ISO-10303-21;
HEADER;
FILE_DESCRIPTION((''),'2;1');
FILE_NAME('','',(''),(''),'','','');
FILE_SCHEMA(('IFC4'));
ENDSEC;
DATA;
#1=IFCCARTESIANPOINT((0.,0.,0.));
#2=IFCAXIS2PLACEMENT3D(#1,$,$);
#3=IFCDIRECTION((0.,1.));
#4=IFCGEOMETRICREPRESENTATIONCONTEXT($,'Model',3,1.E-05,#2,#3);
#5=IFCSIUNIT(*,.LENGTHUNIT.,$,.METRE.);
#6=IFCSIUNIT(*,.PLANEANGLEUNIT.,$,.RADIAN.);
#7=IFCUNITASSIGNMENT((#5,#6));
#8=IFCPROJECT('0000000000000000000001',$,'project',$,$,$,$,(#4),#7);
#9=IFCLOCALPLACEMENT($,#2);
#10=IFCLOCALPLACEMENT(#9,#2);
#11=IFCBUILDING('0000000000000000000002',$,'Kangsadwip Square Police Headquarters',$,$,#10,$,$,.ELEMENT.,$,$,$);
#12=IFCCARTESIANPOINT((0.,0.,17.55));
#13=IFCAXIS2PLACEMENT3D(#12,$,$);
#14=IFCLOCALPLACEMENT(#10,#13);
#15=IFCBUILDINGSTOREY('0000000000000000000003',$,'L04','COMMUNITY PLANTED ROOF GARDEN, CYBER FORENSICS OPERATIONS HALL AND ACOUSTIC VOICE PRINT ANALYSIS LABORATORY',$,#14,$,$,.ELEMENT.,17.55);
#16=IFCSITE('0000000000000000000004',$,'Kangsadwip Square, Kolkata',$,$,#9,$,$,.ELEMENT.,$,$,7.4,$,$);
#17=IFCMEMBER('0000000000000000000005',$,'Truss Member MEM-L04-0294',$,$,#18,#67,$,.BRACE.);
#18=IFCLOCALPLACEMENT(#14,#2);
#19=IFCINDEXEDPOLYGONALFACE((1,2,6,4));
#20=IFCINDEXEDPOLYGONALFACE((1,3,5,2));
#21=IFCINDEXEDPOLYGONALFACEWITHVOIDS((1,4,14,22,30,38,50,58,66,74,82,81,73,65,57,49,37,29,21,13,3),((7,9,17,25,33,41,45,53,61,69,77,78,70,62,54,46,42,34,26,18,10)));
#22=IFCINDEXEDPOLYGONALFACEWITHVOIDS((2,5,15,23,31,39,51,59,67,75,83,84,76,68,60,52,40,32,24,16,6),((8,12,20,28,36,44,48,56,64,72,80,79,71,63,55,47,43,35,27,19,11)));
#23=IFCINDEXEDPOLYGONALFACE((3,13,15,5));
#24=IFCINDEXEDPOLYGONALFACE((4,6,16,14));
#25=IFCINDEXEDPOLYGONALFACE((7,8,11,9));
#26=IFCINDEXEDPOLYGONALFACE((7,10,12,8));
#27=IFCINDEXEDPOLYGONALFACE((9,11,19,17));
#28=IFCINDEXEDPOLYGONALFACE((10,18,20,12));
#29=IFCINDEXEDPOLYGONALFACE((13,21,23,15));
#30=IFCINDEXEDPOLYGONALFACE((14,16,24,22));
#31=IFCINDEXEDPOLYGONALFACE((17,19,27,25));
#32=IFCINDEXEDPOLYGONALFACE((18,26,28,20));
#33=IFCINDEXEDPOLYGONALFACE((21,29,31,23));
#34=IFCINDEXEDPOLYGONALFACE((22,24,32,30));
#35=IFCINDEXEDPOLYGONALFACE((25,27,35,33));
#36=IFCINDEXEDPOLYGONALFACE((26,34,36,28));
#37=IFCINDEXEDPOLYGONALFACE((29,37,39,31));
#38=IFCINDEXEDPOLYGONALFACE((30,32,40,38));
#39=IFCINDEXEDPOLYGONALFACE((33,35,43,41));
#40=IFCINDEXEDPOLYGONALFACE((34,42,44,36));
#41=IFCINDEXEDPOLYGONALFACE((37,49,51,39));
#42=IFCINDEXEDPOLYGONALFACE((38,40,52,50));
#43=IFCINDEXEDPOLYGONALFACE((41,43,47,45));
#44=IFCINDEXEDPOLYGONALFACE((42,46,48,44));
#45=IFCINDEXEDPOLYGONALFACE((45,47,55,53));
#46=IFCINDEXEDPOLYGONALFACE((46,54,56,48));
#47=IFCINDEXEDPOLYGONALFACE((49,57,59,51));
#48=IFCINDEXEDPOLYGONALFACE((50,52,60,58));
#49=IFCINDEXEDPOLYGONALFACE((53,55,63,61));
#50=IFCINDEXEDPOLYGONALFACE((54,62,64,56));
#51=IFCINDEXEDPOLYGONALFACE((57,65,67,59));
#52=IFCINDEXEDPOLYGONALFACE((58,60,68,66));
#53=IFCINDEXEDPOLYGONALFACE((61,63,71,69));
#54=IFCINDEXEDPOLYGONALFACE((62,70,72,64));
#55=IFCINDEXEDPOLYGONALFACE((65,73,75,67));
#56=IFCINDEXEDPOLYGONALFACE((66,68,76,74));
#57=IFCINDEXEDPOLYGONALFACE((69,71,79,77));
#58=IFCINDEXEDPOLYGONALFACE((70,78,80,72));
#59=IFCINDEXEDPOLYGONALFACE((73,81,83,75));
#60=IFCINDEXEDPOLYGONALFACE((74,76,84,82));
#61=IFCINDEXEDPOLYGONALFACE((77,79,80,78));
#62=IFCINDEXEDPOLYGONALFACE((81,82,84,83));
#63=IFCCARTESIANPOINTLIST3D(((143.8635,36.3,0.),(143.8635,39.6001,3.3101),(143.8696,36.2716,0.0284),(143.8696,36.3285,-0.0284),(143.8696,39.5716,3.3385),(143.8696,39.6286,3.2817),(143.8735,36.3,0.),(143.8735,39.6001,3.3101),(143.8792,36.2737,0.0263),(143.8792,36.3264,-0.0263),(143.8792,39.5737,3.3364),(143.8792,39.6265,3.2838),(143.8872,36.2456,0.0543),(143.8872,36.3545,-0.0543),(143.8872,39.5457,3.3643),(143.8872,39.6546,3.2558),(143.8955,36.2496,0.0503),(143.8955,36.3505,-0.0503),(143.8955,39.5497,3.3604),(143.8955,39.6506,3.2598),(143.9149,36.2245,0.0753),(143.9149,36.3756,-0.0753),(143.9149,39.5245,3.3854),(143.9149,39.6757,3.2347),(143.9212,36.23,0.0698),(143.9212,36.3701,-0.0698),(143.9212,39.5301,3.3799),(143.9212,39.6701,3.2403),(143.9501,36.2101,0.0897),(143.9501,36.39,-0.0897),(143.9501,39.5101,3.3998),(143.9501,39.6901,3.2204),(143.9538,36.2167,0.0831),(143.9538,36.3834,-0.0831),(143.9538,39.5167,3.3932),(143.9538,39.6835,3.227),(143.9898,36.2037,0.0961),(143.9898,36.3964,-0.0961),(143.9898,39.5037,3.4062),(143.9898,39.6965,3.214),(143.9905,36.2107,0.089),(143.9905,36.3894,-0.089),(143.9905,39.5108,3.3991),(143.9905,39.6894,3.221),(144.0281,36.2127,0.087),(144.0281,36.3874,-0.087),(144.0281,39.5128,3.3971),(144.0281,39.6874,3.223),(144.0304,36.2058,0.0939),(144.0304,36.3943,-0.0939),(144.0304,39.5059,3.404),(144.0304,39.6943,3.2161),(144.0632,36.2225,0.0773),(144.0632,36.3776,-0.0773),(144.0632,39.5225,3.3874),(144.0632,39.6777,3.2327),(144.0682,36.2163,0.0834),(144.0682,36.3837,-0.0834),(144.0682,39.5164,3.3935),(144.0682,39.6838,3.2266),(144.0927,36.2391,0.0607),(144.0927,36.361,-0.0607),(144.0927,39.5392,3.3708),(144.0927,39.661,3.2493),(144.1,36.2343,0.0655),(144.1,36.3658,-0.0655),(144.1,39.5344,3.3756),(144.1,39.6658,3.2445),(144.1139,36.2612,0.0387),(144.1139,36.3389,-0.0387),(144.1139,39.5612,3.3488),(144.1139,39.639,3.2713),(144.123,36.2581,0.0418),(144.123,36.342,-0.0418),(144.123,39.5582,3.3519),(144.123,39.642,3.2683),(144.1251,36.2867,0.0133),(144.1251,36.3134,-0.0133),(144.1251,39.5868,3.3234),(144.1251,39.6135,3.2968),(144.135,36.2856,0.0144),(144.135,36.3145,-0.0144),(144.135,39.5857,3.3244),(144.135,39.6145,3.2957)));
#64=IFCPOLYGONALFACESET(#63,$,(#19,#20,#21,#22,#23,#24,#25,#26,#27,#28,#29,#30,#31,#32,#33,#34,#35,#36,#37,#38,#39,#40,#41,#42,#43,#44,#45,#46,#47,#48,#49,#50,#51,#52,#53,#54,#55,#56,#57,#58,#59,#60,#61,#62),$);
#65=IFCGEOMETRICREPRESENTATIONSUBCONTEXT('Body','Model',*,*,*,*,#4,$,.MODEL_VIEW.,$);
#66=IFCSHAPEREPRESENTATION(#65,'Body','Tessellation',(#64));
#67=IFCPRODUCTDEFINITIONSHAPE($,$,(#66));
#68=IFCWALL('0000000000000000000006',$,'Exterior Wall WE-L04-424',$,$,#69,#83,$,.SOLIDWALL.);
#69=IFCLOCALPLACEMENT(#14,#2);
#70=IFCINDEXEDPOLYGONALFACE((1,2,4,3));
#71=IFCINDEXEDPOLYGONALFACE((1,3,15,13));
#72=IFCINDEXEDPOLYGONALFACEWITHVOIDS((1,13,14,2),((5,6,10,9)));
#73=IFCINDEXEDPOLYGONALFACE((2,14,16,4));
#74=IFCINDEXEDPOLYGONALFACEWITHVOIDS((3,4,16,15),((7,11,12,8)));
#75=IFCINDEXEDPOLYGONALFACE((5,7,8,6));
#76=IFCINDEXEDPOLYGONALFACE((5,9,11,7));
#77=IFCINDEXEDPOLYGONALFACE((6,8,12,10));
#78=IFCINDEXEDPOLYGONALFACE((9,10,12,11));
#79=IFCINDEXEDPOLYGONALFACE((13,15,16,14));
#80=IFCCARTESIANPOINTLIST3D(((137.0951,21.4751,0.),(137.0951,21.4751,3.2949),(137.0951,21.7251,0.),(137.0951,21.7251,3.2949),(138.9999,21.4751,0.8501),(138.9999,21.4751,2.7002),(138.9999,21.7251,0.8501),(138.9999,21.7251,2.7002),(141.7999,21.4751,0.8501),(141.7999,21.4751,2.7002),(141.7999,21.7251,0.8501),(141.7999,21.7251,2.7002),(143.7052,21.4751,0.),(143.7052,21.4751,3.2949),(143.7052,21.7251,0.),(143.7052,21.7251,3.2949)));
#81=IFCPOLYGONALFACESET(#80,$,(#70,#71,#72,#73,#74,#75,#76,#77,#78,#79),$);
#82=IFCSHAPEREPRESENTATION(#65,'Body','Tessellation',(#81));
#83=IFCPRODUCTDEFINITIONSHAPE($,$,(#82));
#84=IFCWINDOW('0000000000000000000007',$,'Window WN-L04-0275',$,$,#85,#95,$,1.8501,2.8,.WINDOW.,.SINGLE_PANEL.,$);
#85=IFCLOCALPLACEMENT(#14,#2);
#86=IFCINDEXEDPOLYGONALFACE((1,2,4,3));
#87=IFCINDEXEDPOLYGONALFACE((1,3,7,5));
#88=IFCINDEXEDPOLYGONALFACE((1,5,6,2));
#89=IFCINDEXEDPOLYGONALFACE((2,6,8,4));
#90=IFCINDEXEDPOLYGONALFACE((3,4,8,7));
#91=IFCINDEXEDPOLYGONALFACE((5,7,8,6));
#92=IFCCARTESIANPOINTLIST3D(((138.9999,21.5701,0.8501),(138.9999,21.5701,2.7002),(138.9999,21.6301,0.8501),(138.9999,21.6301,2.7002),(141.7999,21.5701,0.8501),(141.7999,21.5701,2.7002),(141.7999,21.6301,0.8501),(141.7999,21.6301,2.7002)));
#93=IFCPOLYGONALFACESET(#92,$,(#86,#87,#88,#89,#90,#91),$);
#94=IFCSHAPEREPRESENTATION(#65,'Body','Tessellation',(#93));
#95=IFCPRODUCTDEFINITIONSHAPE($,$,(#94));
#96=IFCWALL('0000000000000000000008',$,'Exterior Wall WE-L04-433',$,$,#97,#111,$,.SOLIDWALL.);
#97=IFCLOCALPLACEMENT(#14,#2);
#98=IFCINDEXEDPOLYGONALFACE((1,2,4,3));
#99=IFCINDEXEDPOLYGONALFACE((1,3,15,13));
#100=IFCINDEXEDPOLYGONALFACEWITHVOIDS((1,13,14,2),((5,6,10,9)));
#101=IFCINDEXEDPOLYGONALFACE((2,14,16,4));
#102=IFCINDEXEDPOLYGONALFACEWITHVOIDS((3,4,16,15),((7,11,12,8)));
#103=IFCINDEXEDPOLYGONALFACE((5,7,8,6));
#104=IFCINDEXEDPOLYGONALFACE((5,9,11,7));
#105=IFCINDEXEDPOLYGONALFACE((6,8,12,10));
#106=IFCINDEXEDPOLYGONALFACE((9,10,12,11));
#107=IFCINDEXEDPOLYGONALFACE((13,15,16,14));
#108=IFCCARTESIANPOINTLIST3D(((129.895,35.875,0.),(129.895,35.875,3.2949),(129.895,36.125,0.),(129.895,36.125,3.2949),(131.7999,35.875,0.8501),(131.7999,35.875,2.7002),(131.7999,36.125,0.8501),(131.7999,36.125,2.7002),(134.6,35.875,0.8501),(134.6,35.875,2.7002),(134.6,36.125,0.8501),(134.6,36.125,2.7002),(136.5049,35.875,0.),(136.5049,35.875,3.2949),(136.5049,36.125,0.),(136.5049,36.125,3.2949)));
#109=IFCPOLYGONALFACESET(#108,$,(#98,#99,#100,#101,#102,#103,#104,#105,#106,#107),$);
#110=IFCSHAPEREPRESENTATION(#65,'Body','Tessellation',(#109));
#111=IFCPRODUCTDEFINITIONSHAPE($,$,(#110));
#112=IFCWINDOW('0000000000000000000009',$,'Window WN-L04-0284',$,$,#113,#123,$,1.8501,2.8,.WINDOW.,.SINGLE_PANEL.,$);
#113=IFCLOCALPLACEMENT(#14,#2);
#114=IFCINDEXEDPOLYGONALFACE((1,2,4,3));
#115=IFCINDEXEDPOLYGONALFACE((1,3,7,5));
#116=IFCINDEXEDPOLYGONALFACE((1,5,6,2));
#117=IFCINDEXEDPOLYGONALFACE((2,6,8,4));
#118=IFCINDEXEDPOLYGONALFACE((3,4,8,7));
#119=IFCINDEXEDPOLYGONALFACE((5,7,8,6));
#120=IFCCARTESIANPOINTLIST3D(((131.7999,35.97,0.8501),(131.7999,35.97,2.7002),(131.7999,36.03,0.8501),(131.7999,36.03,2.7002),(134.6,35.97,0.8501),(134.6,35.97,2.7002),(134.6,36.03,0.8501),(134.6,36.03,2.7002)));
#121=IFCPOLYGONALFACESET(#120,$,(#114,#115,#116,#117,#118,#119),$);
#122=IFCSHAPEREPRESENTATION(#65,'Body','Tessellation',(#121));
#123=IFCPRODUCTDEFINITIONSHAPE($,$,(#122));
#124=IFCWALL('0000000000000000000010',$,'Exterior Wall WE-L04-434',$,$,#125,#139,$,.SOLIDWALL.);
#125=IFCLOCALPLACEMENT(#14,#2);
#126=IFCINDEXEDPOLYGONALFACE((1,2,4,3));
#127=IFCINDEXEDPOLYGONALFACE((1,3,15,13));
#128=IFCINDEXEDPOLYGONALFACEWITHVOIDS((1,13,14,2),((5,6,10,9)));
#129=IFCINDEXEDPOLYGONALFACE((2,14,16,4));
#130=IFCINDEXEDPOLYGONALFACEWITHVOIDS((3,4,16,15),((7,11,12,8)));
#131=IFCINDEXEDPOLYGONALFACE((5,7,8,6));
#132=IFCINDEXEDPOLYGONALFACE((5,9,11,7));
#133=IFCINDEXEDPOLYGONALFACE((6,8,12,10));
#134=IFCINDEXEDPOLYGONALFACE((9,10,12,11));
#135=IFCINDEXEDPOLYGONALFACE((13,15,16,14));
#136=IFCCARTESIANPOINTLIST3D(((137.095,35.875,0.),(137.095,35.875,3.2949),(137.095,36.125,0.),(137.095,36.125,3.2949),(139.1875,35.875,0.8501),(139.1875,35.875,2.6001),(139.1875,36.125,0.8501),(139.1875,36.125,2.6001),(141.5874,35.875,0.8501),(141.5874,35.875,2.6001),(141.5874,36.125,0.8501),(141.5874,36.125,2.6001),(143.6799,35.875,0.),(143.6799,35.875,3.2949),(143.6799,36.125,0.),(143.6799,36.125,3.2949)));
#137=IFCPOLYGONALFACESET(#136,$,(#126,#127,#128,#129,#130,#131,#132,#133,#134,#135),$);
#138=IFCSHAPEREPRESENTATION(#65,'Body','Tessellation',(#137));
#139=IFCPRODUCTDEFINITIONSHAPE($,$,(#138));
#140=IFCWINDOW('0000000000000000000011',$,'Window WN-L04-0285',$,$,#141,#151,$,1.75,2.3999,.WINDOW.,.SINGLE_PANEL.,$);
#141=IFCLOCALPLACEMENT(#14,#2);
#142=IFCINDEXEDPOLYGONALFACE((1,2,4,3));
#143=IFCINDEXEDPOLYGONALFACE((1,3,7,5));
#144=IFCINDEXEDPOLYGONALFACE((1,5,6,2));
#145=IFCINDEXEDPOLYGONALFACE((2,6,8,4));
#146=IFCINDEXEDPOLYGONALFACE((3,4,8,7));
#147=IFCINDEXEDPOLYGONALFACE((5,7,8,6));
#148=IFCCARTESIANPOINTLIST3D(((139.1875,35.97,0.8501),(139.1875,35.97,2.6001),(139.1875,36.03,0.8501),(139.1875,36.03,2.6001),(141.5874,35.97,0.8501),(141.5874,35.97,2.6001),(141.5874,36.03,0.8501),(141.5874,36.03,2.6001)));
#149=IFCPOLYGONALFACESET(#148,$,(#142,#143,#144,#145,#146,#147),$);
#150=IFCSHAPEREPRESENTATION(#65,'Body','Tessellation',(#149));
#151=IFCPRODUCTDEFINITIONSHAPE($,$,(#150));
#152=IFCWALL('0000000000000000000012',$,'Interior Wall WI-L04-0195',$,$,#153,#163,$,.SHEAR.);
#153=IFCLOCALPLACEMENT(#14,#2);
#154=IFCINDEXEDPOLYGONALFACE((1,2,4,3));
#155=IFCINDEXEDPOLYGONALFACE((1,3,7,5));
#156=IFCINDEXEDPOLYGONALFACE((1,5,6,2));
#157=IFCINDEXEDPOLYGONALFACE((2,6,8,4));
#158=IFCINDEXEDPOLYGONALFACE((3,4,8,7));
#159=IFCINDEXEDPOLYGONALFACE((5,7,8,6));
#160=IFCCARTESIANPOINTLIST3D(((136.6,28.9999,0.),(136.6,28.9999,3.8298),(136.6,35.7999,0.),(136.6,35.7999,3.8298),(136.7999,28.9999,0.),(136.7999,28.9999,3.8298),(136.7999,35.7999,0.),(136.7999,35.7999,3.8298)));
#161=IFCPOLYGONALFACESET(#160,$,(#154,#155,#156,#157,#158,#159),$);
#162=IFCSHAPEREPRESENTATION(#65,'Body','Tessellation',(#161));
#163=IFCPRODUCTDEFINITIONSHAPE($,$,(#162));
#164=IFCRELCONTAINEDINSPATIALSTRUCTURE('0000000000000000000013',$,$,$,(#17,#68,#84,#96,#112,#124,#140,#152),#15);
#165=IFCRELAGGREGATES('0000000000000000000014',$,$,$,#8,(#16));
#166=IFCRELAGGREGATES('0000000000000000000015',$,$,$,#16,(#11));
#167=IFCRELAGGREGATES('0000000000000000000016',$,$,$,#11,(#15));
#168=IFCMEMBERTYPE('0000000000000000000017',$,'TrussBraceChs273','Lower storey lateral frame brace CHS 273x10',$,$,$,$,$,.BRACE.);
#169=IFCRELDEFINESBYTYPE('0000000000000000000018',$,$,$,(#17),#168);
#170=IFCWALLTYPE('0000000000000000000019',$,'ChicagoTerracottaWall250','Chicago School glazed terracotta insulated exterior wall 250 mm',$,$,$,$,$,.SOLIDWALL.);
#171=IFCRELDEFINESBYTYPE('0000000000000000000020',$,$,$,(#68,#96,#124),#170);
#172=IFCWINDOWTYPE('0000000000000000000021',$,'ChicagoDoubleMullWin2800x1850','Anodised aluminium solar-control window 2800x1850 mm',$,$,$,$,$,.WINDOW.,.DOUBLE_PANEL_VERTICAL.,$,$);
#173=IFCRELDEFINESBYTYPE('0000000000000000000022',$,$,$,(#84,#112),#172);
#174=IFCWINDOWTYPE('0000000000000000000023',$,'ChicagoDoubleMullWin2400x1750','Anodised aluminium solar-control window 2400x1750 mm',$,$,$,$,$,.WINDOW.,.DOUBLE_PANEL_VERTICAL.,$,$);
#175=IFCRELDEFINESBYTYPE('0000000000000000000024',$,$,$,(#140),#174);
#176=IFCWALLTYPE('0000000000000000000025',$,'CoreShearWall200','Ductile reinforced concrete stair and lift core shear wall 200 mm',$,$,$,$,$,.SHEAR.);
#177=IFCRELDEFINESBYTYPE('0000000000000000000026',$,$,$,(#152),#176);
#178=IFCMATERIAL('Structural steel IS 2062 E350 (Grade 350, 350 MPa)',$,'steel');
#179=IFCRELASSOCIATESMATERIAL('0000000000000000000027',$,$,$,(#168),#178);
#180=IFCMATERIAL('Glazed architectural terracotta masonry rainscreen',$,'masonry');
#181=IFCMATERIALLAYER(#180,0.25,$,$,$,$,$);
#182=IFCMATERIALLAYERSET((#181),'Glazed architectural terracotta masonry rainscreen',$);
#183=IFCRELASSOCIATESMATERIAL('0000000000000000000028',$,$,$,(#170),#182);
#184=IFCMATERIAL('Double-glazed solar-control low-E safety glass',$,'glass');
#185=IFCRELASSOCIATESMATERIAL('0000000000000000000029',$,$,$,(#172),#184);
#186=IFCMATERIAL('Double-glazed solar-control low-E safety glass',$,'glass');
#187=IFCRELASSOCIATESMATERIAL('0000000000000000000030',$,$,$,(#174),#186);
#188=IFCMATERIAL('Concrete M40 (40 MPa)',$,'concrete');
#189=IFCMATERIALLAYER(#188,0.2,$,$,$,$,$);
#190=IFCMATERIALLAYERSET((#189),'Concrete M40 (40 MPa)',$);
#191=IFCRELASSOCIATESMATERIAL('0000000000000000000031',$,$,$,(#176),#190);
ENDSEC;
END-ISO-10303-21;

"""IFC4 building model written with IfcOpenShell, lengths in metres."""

from ifc_helpers import new_model, si_unit, direction, frame, frame_2d, origin, origin_2d, place, context, subcontext, project, spatial, rectangle, hollow_circle, extrude, material, layer, layer_set, material_profile, profile_set, type_object, element, fill, save


model = new_model("IFC4")

# Units and contexts
model_context = context("Model", 3, precision=1e-05, world=origin(), true_north=direction((0.0, 1.0)))
body_context = subcontext(model_context, "Body", "Model", "MODEL_VIEW")
ifc_project = project(units=[si_unit("LENGTHUNIT", "METRE"), si_unit("PLANEANGLEUNIT", "RADIAN")], contexts=[model_context])

# Site, building, storey
site_placement = place(None, origin())
site = spatial("IfcSite", under=ifc_project, at=site_placement, Name="Kangsadwip Square, Kolkata", CompositionType="ELEMENT", RefElevation=7.4)
building_placement = place(site_placement, origin())
building = spatial("IfcBuilding", under=site, at=building_placement, Name="Kangsadwip Square Police Headquarters", CompositionType="ELEMENT")
storey_placement = place(building_placement, frame((0.0, 0.0, 17.55)))
storey = spatial("IfcBuildingStorey", under=building, at=storey_placement, Name="L04", Description="COMMUNITY PLANTED ROOF GARDEN, CYBER FORENSICS OPERATIONS HALL AND ACOUSTIC VOICE PRINT ANALYSIS LABORATORY", CompositionType="ELEMENT", Elevation=17.55)

# Member
ifc_material_1 = material(Name="Structural steel IS 2062 E350 (Grade 350, 350 MPa)", Category="steel")
ifc_material_profile_1 = material_profile(ifc_material_1, hollow_circle(Radius=0.1365, WallThickness=0.01, at=origin_2d()), Name="CHS 273X10")
ifc_profile_set_1 = profile_set([ifc_material_profile_1], Name="Structural steel IS 2062 E350 (Grade 350, 350 MPa)")
member_type = type_object("IfcMemberType", Name="TrussBraceChs273", Description="Lower storey lateral frame brace CHS 273x10", PredefinedType="BRACE", material=ifc_profile_set_1)
member_placement = place(storey_placement, frame((144.0, 36.3, 0.0), z_axis=(0.0, 0.706035, 0.708177), x_axis=(-1.0, 0.0, 0.0)))
element("IfcMember", 1, at=member_placement, inside=storey, type_object=member_type, Name="Truss Member MEM-L04-0294", PredefinedType="BRACE", context=body_context, shape_type="SweptSolid", body=[
    extrude(hollow_circle(Radius=0.1365, WallThickness=0.01, at=origin_2d()), origin(), (0.0, 0.0, 1.0), 4.6741),
])

# Walls, openings, windows
ifc_material_2 = material(Name="Glazed architectural terracotta masonry rainscreen", Category="masonry")
ifc_layer_1 = layer(ifc_material_2, 0.25)
ifc_layer_set_1 = layer_set([ifc_layer_1], Name="Glazed architectural terracotta masonry rainscreen")
wall_type_1 = type_object("IfcWallType", Name="ChicagoTerracottaWall250", Description="Chicago School glazed terracotta insulated exterior wall 250 mm", PredefinedType="SOLIDWALL", material=ifc_layer_set_1)
wall_1_placement = place(storey_placement, frame((137.095, 21.6001, 0.0), z_axis=(0.0, 0.0, 1.0), x_axis=(1.0, 0.0, 0.0)))
wall_1 = element("IfcWall", 2, at=wall_1_placement, inside=storey, type_object=wall_type_1, Name="Exterior Wall WE-L04-424", PredefinedType="SOLIDWALL", context=body_context, shape_type="SweptSolid", body=[
    extrude(rectangle(XDim=6.6101, YDim=0.25, at=frame_2d((3.3052, 0.0))), origin(), (0.0, 0.0, 1.0), 3.2949),
])
opening_1_placement = place(wall_1_placement, frame((1.905, 0.0, 0.8501)))
opening_1 = element("IfcOpeningElement", 3, at=opening_1_placement, cuts=wall_1, PredefinedType="OPENING", context=body_context, shape_type="SweptSolid", body=[
    extrude(rectangle(XDim=2.8, YDim=1.8501, at=frame_2d((1.3999, 0.925))), frame((0.0, 0.135, 0.0), z_axis=(0.0, -1.0, 0.0), x_axis=(1.0, 0.0, 0.0)), (0.0, 0.0, 1.0), 0.27),
])
ifc_material_3 = material(Name="Double-glazed solar-control low-E safety glass", Category="glass")
window_type_1 = type_object("IfcWindowType", Name="ChicagoDoubleMullWin2800x1850", Description="Anodised aluminium solar-control window 2800x1850 mm", PartitioningType="DOUBLE_PANEL_VERTICAL", PredefinedType="WINDOW", material=ifc_material_3)
window_1_placement = place(opening_1_placement, origin())
window_1 = element("IfcWindow", 4, at=window_1_placement, inside=storey, type_object=window_type_1, Name="Window WN-L04-0275", OverallHeight=1.8501, OverallWidth=2.8, PartitioningType="SINGLE_PANEL", PredefinedType="WINDOW", context=body_context, shape_type="SweptSolid", body=[
    extrude(rectangle(XDim=2.8, YDim=1.8501, at=frame_2d((1.3999, 0.925))), frame((0.0, 0.03, 0.0), z_axis=(0.0, -1.0, 0.0), x_axis=(1.0, 0.0, 0.0)), (0.0, 0.0, 1.0), 0.0601),
])
fill(opening_1, window_1)
wall_2_placement = place(storey_placement, frame((129.895, 36.0, 0.0), z_axis=(0.0, 0.0, 1.0), x_axis=(1.0, 0.0, 0.0)))
wall_2 = element("IfcWall", 5, at=wall_2_placement, inside=storey, type_object=wall_type_1, Name="Exterior Wall WE-L04-433", PredefinedType="SOLIDWALL", context=body_context, shape_type="SweptSolid", body=[
    extrude(rectangle(XDim=6.6099, YDim=0.25, at=frame_2d((3.3049, 0.0))), origin(), (0.0, 0.0, 1.0), 3.2949),
])
opening_2_placement = place(wall_2_placement, frame((1.905, 0.0, 0.8501)))
opening_2 = element("IfcOpeningElement", 6, at=opening_2_placement, cuts=wall_2, PredefinedType="OPENING", context=body_context, shape_type="SweptSolid", body=[
    extrude(rectangle(XDim=2.8, YDim=1.8501, at=frame_2d((1.3999, 0.925))), frame((0.0, 0.135, 0.0), z_axis=(0.0, -1.0, 0.0), x_axis=(1.0, 0.0, 0.0)), (0.0, 0.0, 1.0), 0.27),
])
window_2_placement = place(opening_2_placement, origin())
window_2 = element("IfcWindow", 7, at=window_2_placement, inside=storey, type_object=window_type_1, Name="Window WN-L04-0284", OverallHeight=1.8501, OverallWidth=2.8, PartitioningType="SINGLE_PANEL", PredefinedType="WINDOW", context=body_context, shape_type="SweptSolid", body=[
    extrude(rectangle(XDim=2.8, YDim=1.8501, at=frame_2d((1.3999, 0.925))), frame((0.0, 0.03, 0.0), z_axis=(0.0, -1.0, 0.0), x_axis=(1.0, 0.0, 0.0)), (0.0, 0.0, 1.0), 0.0601),
])
fill(opening_2, window_2)
wall_3_placement = place(storey_placement, frame((137.095, 36.0, 0.0), z_axis=(0.0, 0.0, 1.0), x_axis=(1.0, 0.0, 0.0)))
wall_3 = element("IfcWall", 8, at=wall_3_placement, inside=storey, type_object=wall_type_1, Name="Exterior Wall WE-L04-434", PredefinedType="SOLIDWALL", context=body_context, shape_type="SweptSolid", body=[
    extrude(rectangle(XDim=6.585, YDim=0.25, at=frame_2d((3.2925, 0.0))), origin(), (0.0, 0.0, 1.0), 3.2949),
])
opening_3_placement = place(wall_3_placement, frame((2.0925, 0.0, 0.8501)))
opening_3 = element("IfcOpeningElement", 9, at=opening_3_placement, cuts=wall_3, PredefinedType="OPENING", context=body_context, shape_type="SweptSolid", body=[
    extrude(rectangle(XDim=2.3999, YDim=1.75, at=frame_2d((1.2, 0.875))), frame((0.0, 0.135, 0.0), z_axis=(0.0, -1.0, 0.0), x_axis=(1.0, 0.0, 0.0)), (0.0, 0.0, 1.0), 0.27),
])
ifc_material_4 = material(Name="Double-glazed solar-control low-E safety glass", Category="glass")
window_type_2 = type_object("IfcWindowType", Name="ChicagoDoubleMullWin2400x1750", Description="Anodised aluminium solar-control window 2400x1750 mm", PartitioningType="DOUBLE_PANEL_VERTICAL", PredefinedType="WINDOW", material=ifc_material_4)
window_3_placement = place(opening_3_placement, origin())
window_3 = element("IfcWindow", 10, at=window_3_placement, inside=storey, type_object=window_type_2, Name="Window WN-L04-0285", OverallHeight=1.75, OverallWidth=2.3999, PartitioningType="SINGLE_PANEL", PredefinedType="WINDOW", context=body_context, shape_type="SweptSolid", body=[
    extrude(rectangle(XDim=2.3999, YDim=1.75, at=frame_2d((1.2, 0.875))), frame((0.0, 0.03, 0.0), z_axis=(0.0, -1.0, 0.0), x_axis=(1.0, 0.0, 0.0)), (0.0, 0.0, 1.0), 0.0601),
])
fill(opening_3, window_3)

# Wall
ifc_material_5 = material(Name="Concrete M40 (40 MPa)", Category="concrete")
ifc_layer_2 = layer(ifc_material_5, 0.2)
ifc_layer_set_2 = layer_set([ifc_layer_2], Name="Concrete M40 (40 MPa)")
wall_type_2 = type_object("IfcWallType", Name="CoreShearWall200", Description="Ductile reinforced concrete stair and lift core shear wall 200 mm", PredefinedType="SHEAR", material=ifc_layer_set_2)
wall_4_placement = place(storey_placement, frame((136.7, 29.0, 0.0), z_axis=(0.0, 0.0, 1.0), x_axis=(0.0, 1.0, 0.0)))
element("IfcWall", 11, at=wall_4_placement, inside=storey, type_object=wall_type_2, Name="Interior Wall WI-L04-0195", PredefinedType="SHEAR", context=body_context, shape_type="SweptSolid", body=[
    extrude(rectangle(XDim=6.8, YDim=0.2, at=frame_2d((3.3999, 0.0))), origin(), (0.0, 0.0, 1.0), 3.8298),
])

save(model, "model.ifc")
